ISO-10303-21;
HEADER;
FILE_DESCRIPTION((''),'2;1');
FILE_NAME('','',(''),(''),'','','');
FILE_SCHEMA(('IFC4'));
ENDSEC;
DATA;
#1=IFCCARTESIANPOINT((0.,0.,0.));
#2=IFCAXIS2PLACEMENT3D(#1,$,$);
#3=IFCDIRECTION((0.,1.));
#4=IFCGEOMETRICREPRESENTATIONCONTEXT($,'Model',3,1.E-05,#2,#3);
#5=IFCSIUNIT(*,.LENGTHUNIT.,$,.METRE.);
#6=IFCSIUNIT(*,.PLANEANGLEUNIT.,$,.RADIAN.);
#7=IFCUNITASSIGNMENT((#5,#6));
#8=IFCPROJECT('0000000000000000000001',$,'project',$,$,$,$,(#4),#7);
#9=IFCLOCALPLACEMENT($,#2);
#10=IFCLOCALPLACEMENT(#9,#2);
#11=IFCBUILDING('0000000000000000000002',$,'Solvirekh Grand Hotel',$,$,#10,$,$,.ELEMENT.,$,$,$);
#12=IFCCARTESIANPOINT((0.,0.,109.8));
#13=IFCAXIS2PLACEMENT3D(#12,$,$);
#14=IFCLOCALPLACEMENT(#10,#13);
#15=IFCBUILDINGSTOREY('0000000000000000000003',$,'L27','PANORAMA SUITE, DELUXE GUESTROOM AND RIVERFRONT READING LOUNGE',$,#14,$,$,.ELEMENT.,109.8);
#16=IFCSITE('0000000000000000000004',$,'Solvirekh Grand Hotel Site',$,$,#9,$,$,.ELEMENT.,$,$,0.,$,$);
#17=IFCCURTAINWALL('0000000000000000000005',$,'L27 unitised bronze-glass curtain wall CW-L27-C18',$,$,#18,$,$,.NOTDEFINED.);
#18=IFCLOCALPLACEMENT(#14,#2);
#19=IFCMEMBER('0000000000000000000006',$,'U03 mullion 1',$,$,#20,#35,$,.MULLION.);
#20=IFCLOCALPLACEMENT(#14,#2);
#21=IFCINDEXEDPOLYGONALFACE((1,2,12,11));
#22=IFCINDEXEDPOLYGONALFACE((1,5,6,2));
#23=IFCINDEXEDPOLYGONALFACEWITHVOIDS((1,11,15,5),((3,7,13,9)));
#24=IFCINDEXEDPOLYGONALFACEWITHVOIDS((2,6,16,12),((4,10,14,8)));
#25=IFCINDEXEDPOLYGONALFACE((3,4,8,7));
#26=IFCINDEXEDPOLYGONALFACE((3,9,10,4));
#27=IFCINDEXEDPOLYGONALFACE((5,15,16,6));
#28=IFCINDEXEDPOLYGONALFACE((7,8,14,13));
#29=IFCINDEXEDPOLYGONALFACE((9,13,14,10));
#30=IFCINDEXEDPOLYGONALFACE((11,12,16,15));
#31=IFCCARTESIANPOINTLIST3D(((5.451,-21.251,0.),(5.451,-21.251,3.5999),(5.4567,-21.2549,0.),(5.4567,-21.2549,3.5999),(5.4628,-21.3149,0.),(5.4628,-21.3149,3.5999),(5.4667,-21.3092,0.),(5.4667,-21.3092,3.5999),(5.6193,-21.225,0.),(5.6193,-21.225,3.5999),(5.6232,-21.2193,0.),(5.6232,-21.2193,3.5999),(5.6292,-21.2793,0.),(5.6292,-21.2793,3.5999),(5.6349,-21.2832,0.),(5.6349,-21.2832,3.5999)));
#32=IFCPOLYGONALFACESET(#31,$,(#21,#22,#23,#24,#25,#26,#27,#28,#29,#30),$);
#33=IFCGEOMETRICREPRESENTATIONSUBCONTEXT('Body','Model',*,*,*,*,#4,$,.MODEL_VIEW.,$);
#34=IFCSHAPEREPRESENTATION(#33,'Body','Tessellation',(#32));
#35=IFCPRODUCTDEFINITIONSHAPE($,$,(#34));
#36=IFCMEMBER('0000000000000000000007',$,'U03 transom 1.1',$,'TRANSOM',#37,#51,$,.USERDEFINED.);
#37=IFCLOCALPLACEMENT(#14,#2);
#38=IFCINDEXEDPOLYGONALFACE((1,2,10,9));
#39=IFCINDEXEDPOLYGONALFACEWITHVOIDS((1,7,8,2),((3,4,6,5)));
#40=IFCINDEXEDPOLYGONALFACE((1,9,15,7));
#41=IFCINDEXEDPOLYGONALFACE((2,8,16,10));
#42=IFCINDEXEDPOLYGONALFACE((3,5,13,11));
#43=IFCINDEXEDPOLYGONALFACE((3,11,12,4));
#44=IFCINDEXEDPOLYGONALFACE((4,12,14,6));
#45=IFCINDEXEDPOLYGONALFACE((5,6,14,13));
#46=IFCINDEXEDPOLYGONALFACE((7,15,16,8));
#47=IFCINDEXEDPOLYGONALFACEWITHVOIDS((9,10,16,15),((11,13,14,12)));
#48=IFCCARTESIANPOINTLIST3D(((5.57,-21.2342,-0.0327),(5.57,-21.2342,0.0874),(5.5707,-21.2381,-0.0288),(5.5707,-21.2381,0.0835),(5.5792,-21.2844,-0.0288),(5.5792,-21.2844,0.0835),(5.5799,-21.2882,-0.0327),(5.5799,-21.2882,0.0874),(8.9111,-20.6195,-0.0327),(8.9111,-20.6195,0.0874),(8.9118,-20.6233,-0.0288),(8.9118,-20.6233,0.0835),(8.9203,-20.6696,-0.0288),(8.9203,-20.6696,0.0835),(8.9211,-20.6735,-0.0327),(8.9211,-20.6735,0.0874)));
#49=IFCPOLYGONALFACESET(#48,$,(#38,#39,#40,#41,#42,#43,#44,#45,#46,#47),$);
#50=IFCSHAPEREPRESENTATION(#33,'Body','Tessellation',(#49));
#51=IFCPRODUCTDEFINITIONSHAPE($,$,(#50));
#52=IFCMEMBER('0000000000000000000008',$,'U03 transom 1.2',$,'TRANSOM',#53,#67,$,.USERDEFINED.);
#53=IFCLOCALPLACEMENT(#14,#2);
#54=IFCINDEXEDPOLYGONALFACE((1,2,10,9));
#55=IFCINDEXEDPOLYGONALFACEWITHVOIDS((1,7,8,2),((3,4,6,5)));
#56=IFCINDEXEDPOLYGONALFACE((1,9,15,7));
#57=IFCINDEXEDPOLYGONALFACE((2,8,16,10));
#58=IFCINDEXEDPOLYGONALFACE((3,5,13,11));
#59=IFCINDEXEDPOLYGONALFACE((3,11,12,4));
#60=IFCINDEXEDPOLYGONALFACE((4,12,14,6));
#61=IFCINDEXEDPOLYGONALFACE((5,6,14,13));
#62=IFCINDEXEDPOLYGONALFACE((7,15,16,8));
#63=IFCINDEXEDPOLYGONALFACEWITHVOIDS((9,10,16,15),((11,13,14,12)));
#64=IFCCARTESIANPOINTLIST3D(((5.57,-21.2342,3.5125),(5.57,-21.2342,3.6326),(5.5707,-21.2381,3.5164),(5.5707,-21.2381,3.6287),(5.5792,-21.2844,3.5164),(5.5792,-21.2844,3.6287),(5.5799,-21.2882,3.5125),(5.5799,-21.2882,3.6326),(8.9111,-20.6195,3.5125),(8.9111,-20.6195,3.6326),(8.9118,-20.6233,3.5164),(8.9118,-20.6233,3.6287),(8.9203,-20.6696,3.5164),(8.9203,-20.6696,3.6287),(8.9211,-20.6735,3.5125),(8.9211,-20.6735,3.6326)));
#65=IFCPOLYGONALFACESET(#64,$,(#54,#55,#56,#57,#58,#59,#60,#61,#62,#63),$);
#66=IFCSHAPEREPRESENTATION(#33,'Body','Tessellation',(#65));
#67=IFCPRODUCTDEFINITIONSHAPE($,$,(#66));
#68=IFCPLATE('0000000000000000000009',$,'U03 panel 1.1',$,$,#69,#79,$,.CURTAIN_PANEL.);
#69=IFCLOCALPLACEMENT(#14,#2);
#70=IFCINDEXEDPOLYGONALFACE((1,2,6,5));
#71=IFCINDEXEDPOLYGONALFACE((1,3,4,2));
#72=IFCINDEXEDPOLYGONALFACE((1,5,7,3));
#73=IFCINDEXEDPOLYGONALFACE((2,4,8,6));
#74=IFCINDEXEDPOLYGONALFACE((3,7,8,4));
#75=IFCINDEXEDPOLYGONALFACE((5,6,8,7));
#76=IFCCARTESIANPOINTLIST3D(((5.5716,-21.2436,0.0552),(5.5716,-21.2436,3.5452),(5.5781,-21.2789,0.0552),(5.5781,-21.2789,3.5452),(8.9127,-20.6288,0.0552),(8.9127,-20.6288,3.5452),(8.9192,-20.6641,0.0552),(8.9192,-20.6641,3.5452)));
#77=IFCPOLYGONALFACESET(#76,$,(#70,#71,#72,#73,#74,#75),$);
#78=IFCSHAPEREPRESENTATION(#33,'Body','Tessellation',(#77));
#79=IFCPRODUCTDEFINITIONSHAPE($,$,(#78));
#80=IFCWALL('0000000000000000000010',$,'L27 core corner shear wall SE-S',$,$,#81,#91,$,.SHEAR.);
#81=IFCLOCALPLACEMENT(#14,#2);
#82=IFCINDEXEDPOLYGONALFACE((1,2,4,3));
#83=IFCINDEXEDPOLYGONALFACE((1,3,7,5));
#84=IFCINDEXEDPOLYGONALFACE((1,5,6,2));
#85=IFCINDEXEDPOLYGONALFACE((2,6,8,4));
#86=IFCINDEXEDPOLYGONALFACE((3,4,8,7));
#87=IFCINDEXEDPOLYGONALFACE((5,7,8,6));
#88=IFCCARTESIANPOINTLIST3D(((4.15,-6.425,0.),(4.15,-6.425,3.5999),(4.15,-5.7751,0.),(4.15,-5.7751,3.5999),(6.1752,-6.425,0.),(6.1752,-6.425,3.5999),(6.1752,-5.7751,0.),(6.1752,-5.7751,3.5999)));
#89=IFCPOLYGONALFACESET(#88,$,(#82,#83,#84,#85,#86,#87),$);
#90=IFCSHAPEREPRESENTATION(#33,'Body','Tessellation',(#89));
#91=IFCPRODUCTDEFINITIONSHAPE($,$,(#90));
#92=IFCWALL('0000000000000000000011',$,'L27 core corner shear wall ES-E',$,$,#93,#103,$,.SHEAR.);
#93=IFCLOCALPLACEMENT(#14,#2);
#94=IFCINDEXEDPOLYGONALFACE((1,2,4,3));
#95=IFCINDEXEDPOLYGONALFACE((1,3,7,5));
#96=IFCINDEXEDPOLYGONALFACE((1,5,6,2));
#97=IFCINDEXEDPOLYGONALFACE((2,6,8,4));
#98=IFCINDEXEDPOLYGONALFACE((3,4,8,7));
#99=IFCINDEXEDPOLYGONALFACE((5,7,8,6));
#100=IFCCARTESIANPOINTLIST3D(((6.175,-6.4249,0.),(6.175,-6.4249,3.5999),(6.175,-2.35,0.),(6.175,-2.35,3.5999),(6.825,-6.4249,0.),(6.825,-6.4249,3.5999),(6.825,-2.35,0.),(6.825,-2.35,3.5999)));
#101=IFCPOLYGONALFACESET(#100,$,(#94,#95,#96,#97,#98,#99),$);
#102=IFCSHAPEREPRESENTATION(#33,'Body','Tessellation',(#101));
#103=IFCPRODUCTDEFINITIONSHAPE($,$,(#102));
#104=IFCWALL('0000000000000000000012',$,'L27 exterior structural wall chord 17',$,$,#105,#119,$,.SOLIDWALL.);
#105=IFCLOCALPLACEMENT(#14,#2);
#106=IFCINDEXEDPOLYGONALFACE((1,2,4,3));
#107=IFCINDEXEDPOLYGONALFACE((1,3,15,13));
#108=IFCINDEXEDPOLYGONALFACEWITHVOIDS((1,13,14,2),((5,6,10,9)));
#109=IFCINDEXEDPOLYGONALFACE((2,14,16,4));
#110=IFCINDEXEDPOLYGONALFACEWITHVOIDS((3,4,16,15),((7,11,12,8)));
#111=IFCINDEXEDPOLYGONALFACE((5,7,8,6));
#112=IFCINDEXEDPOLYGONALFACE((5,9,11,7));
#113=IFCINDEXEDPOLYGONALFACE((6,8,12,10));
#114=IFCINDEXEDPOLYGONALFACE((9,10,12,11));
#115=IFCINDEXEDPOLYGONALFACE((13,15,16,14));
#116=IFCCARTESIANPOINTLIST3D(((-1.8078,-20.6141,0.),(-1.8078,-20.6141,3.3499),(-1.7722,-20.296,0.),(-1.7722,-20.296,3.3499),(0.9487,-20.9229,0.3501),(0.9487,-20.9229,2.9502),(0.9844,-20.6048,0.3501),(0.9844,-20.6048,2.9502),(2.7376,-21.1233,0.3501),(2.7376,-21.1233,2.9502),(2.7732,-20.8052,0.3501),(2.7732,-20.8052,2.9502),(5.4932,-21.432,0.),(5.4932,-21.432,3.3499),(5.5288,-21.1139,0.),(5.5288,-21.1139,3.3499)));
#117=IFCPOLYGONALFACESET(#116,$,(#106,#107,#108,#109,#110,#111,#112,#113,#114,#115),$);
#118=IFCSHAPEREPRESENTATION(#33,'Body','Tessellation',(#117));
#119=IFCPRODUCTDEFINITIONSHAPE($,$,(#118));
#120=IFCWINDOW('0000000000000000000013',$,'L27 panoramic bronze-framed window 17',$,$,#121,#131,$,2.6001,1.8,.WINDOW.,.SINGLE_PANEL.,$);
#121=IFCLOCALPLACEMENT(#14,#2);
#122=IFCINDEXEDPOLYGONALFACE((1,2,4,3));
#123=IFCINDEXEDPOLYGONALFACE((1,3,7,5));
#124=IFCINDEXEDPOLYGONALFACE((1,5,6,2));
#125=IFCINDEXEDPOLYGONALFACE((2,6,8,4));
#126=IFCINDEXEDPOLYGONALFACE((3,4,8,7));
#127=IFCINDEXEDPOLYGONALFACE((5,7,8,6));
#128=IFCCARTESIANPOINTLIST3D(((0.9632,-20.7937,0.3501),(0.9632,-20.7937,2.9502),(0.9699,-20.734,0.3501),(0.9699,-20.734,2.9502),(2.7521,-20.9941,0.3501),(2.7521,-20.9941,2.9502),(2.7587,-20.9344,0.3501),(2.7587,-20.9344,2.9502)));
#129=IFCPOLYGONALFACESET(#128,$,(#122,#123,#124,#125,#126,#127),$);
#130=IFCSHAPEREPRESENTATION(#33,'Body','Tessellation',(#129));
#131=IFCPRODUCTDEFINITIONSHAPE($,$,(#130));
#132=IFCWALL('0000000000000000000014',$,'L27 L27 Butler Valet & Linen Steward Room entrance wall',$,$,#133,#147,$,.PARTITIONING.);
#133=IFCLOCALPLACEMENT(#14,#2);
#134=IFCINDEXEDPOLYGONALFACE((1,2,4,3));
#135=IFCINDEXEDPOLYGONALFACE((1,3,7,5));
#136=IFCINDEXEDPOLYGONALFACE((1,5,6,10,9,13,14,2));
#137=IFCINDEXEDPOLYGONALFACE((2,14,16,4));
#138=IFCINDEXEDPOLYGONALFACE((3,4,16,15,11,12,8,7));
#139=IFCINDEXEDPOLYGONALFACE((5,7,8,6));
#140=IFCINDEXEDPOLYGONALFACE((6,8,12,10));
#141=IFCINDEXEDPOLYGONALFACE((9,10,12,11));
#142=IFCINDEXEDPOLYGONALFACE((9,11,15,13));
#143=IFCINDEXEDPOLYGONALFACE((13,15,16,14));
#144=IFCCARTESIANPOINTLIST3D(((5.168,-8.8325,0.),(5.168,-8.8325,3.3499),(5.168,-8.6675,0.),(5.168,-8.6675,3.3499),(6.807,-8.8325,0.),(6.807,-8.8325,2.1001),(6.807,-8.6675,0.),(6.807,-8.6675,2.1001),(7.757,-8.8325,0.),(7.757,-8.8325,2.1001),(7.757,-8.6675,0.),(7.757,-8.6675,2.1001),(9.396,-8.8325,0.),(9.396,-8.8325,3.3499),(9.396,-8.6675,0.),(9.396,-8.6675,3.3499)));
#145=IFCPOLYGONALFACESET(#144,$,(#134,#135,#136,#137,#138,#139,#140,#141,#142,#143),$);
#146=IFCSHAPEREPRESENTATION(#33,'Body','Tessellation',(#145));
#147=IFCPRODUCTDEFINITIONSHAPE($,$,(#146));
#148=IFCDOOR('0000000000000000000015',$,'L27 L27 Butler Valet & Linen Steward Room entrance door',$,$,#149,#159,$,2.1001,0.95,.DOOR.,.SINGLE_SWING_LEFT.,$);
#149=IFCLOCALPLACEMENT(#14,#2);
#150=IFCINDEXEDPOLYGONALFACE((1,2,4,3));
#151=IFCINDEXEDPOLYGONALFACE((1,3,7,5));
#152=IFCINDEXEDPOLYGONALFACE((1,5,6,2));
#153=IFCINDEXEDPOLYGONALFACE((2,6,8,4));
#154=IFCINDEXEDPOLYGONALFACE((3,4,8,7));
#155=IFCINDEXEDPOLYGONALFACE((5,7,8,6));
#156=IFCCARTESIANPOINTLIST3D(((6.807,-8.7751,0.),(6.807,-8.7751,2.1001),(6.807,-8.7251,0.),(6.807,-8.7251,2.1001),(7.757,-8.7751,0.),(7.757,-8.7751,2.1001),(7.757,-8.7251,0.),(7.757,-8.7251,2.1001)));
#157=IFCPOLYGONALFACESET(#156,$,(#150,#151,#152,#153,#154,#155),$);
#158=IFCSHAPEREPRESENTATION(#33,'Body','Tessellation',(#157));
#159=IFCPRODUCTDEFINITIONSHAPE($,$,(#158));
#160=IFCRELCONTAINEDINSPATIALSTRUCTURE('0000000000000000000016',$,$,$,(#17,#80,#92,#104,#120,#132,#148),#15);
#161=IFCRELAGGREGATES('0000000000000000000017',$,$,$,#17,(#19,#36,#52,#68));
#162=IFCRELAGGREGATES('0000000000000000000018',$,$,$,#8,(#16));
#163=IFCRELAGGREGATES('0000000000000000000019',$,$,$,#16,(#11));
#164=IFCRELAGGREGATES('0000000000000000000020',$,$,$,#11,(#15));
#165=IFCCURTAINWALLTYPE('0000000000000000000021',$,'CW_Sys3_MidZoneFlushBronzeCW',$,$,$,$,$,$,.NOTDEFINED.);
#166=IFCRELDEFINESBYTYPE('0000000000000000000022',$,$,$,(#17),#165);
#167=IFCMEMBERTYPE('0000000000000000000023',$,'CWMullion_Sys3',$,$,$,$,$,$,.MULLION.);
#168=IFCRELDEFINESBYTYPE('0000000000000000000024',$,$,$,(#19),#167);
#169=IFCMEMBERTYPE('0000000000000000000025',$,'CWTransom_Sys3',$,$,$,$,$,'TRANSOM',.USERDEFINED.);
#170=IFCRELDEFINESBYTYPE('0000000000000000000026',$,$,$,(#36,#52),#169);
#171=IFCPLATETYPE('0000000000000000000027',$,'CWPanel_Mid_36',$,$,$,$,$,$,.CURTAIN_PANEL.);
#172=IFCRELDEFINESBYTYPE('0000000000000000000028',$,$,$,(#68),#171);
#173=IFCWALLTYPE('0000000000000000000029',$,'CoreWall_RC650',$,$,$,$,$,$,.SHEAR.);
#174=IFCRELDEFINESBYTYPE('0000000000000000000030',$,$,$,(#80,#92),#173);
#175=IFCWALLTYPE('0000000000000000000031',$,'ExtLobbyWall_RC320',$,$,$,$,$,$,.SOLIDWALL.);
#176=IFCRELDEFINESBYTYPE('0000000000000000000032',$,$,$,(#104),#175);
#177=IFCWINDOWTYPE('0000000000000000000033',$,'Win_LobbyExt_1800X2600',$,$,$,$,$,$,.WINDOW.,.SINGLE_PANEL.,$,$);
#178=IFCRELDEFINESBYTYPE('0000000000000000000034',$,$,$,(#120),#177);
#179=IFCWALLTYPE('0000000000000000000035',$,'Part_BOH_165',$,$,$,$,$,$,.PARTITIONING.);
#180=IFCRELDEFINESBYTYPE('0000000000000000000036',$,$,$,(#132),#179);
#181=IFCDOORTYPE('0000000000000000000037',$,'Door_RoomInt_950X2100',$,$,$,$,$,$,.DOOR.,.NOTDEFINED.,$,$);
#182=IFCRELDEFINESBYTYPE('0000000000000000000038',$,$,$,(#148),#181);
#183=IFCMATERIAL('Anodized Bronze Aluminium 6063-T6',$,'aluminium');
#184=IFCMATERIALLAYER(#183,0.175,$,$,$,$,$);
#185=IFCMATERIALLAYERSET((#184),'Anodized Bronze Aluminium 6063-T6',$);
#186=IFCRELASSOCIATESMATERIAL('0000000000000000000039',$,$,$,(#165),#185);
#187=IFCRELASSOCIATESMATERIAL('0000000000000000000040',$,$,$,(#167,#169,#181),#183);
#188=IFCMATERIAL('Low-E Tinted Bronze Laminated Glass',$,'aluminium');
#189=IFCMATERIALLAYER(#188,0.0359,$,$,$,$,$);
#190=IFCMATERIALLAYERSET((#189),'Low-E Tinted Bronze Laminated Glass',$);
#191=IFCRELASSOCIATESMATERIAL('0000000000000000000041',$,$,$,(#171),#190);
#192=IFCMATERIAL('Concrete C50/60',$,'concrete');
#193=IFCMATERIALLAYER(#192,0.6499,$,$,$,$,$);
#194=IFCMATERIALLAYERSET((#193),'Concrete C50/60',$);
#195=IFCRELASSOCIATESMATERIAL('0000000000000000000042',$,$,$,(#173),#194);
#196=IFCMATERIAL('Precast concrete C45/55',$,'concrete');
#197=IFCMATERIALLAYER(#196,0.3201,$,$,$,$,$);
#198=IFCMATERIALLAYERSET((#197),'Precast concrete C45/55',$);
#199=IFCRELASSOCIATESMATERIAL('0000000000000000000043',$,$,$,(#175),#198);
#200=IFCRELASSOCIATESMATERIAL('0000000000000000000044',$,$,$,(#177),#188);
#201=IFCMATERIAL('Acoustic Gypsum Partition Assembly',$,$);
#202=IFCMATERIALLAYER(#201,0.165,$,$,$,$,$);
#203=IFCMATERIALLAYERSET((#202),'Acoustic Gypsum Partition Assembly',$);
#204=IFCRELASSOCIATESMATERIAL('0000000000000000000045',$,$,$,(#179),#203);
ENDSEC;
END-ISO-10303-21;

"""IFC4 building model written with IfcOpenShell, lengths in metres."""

from ifc_helpers import new_model, si_unit, direction, frame, frame_2d, origin, origin_2d, place, context, subcontext, project, spatial, rectangle, hollow_rectangle, extrude, source, transform, mapped, material, layer, layer_set, material_profile, profile_set, type_object, element, fill, aggregate, save


model = new_model("IFC4")

# Units and contexts
model_context = context("Model", 3, precision=1e-05, world=origin(), true_north=direction((0.0, 1.0)))
body_context = subcontext(model_context, "Body", "Model", "MODEL_VIEW")
ifc_project = project(units=[si_unit("LENGTHUNIT", "METRE"), si_unit("PLANEANGLEUNIT", "RADIAN")], contexts=[model_context])

# Site, building, storey
site_placement = place(None, origin())
site = spatial("IfcSite", under=ifc_project, at=site_placement, Name="Solvirekh Grand Hotel Site", CompositionType="ELEMENT", RefElevation=0.0)
building_placement = place(site_placement, origin())
building = spatial("IfcBuilding", under=site, at=building_placement, Name="Solvirekh Grand Hotel", CompositionType="ELEMENT")
storey_placement = place(building_placement, frame((0.0, 0.0, 109.8)))
storey = spatial("IfcBuildingStorey", under=building, at=storey_placement, Name="L27", Description="PANORAMA SUITE, DELUXE GUESTROOM AND RIVERFRONT READING LOUNGE", CompositionType="ELEMENT", Elevation=109.8)

# Shared definitions
ifc_material_1 = material(Name="Concrete C50/60", Category="concrete")

# Curtain wall, members, plate
ifc_material_2 = material(Name="Anodized Bronze Aluminium 6063-T6", Category="aluminium")
ifc_layer_1 = layer(ifc_material_2, 0.175)
ifc_layer_set_1 = layer_set([ifc_layer_1], Name="Anodized Bronze Aluminium 6063-T6")
curtain_wall_type = type_object("IfcCurtainWallType", Name="CW_Sys3_MidZoneFlushBronzeCW", PredefinedType="NOTDEFINED", material=ifc_layer_set_1)
curtain_wall_placement = place(storey_placement, origin())
curtain_wall = element("IfcCurtainWall", 1, at=curtain_wall_placement, inside=storey, type_object=curtain_wall_type, Name="L27 unitised bronze-glass curtain wall CW-L27-C18", PredefinedType="NOTDEFINED")
ifc_material_profile_1 = material_profile(ifc_material_2, hollow_rectangle(XDim=0.0649, YDim=0.175, WallThickness=0.0049, at=origin_2d()), Name="ALU RHS 175X65X5")
ifc_profile_set_1 = profile_set([ifc_material_profile_1], Name="Anodized Bronze Aluminium 6063-T6")
member_type_1 = type_object("IfcMemberType", Name="CWMullion_Sys3", PredefinedType="MULLION", material=ifc_profile_set_1)
shared_shape_1 = source(origin(), body_context, "Body", "SweptSolid", [
    extrude(hollow_rectangle(XDim=0.0649, YDim=0.175, WallThickness=0.0049, at=origin_2d()), origin(), (0.0, 0.0, 1.0), 3.5999),
])
member_1_placement = place(storey_placement, frame((5.543, -21.2671, 0.0), z_axis=(0.0, 0.0, 1.0), x_axis=(-0.180988, 0.983485, 0.0)))
member_1 = element("IfcMember", 2, at=member_1_placement, type_object=member_type_1, Name="U03 mullion 1", PredefinedType="MULLION", context=body_context, shape_type="MappedRepresentation", body=[
    mapped(shared_shape_1, transform((0.0, 0.0, 0.0), x_axis=(1.0, 0.0, 0.0), y_axis=(0.0, 1.0, 0.0), z_axis=(0.0, 0.0, 1.0), scale=1.0)),
])
ifc_material_profile_2 = material_profile(ifc_material_2, hollow_rectangle(XDim=0.0549, YDim=0.1201, WallThickness=0.0039, at=origin_2d()), Name="ALU RHS 120X55X4")
ifc_profile_set_2 = profile_set([ifc_material_profile_2], Name="Anodized Bronze Aluminium 6063-T6")
member_type_2 = type_object("IfcMemberType", Name="CWTransom_Sys3", ElementType="TRANSOM", PredefinedType="USERDEFINED", material=ifc_profile_set_2)
shared_shape_2 = source(origin(), body_context, "Body", "SweptSolid", [
    extrude(hollow_rectangle(XDim=0.0549, YDim=0.1201, WallThickness=0.0039, at=origin_2d()), origin(), (0.0, 0.0, 1.0), 3.3972),
])
member_2_placement = place(storey_placement, frame((5.575, -21.2612, 0.0273), z_axis=(0.983491, 0.180959, 0.0), x_axis=(-0.180959, 0.983491, 0.0)))
member_2 = element("IfcMember", 3, at=member_2_placement, type_object=member_type_2, Name="U03 transom 1.1", ObjectType="TRANSOM", PredefinedType="USERDEFINED", context=body_context, shape_type="MappedRepresentation", body=[
    mapped(shared_shape_2, transform((0.0, 0.0, 0.0), x_axis=(1.0, 0.0, 0.0), y_axis=(0.0, 1.0, 0.0), z_axis=(0.0, 0.0, 1.0), scale=1.0)),
])
member_3_placement = place(storey_placement, frame((5.575, -21.2612, 3.5725), z_axis=(0.983491, 0.180959, 0.0), x_axis=(-0.180959, 0.983491, 0.0)))
member_3 = element("IfcMember", 4, at=member_3_placement, type_object=member_type_2, Name="U03 transom 1.2", ObjectType="TRANSOM", PredefinedType="USERDEFINED", context=body_context, shape_type="MappedRepresentation", body=[
    mapped(shared_shape_2, transform((0.0, 0.0, 0.0), x_axis=(1.0, 0.0, 0.0), y_axis=(0.0, 1.0, 0.0), z_axis=(0.0, 0.0, 1.0), scale=1.0)),
])
ifc_material_3 = material(Name="Low-E Tinted Bronze Laminated Glass", Category="aluminium")
ifc_layer_2 = layer(ifc_material_3, 0.0359)
ifc_layer_set_2 = layer_set([ifc_layer_2], Name="Low-E Tinted Bronze Laminated Glass")
plate_type = type_object("IfcPlateType", Name="CWPanel_Mid_36", PredefinedType="CURTAIN_PANEL", material=ifc_layer_set_2)
shared_shape_3 = source(origin(), body_context, "Body", "SweptSolid", [
    extrude(rectangle(XDim=3.3972, YDim=0.0359, at=origin_2d()), origin(), (0.0, 0.0, 1.0), 3.49),
])
plate_placement = place(storey_placement, frame((7.2454, -20.9539, 0.0552), z_axis=(0.0, 0.0, 1.0), x_axis=(0.983485, 0.180988, 0.0)))
plate = element("IfcPlate", 5, at=plate_placement, type_object=plate_type, Name="U03 panel 1.1", PredefinedType="CURTAIN_PANEL", context=body_context, shape_type="MappedRepresentation", body=[
    mapped(shared_shape_3, transform((0.0, 0.0, 0.0), x_axis=(1.0, 0.0, 0.0), y_axis=(0.0, 1.0, 0.0), z_axis=(0.0, 0.0, 1.0), scale=1.0)),
])
aggregate(curtain_wall, [member_1, member_2, member_3, plate])

# Walls
ifc_layer_3 = layer(ifc_material_1, 0.6499)
ifc_layer_set_3 = layer_set([ifc_layer_3], Name="Concrete C50/60")
wall_type_1 = type_object("IfcWallType", Name="CoreWall_RC650", PredefinedType="SHEAR", material=ifc_layer_set_3)
wall_1_placement = place(storey_placement, frame((4.1499, -6.1001, 0.0), z_axis=(0.0, 0.0, 1.0), x_axis=(1.0, 0.0, 0.0)))
element("IfcWall", 6, at=wall_1_placement, inside=storey, type_object=wall_type_1, Name="L27 core corner shear wall SE-S", PredefinedType="SHEAR", context=body_context, shape_type="SweptSolid", body=[
    extrude(rectangle(XDim=2.0251, YDim=0.6499, at=frame_2d((1.0127, 0.0))), origin(), (0.0, 0.0, 1.0), 3.5999),
])
wall_2_placement = place(storey_placement, frame((6.5, -6.425, 0.0), z_axis=(0.0, 0.0, 1.0), x_axis=(0.0, 1.0, 0.0)))
element("IfcWall", 7, at=wall_2_placement, inside=storey, type_object=wall_type_1, Name="L27 core corner shear wall ES-E", PredefinedType="SHEAR", context=body_context, shape_type="SweptSolid", body=[
    extrude(rectangle(XDim=4.075, YDim=0.6499, at=frame_2d((2.0376, 0.0))), origin(), (0.0, 0.0, 1.0), 3.5999),
])

# Wall, opening, window
ifc_material_4 = material(Name="Precast concrete C45/55", Category="concrete")
ifc_layer_4 = layer(ifc_material_4, 0.3201)
ifc_layer_set_4 = layer_set([ifc_layer_4], Name="Precast concrete C45/55")
wall_type_2 = type_object("IfcWallType", Name="ExtLobbyWall_RC320", PredefinedType="SOLIDWALL", material=ifc_layer_set_4)
wall_3_placement = place(storey_placement, frame((5.511, -21.2729, 0.0), z_axis=(0.0, 0.0, 1.0), x_axis=(-0.993784, 0.111325, 0.0)))
wall_3 = element("IfcWall", 8, at=wall_3_placement, inside=storey, type_object=wall_type_2, Name="L27 exterior structural wall chord 17", PredefinedType="SOLIDWALL", context=body_context, shape_type="SweptSolid", body=[
    extrude(rectangle(XDim=7.3467, YDim=0.3201, at=frame_2d((3.6733, 0.0))), origin(), (0.0, 0.0, 1.0), 3.3499),
])
opening_1_placement = place(wall_3_placement, frame((2.7729, 0.0, 0.3501)))
opening_1 = element("IfcOpeningElement", 9, at=opening_1_placement, cuts=wall_3, PredefinedType="OPENING", context=body_context, shape_type="SweptSolid", body=[
    extrude(rectangle(XDim=1.8, YDim=2.6001, at=frame_2d((0.8999, 1.3))), frame((0.0, 0.1699, 0.0), z_axis=(0.0, -1.0, 0.0), x_axis=(1.0, 0.0, 0.0)), (0.0, 0.0, 1.0), 0.3401),
])
window_type = type_object("IfcWindowType", Name="Win_LobbyExt_1800X2600", PartitioningType="SINGLE_PANEL", PredefinedType="WINDOW", material=ifc_material_3)
window_placement = place(opening_1_placement, origin())
window = element("IfcWindow", 10, at=window_placement, inside=storey, type_object=window_type, Name="L27 panoramic bronze-framed window 17", OverallHeight=2.6001, OverallWidth=1.8, PartitioningType="SINGLE_PANEL", PredefinedType="WINDOW", context=body_context, shape_type="SweptSolid", body=[
    extrude(rectangle(XDim=1.8, YDim=2.6001, at=frame_2d((0.8999, 1.3))), frame((0.0, 0.03, 0.0), z_axis=(0.0, -1.0, 0.0), x_axis=(1.0, 0.0, 0.0)), (0.0, 0.0, 1.0), 0.0601),
])
fill(opening_1, window)

# Wall, opening, door
ifc_material_5 = material(Name="Acoustic Gypsum Partition Assembly")
ifc_layer_5 = layer(ifc_material_5, 0.165)
ifc_layer_set_5 = layer_set([ifc_layer_5], Name="Acoustic Gypsum Partition Assembly")
wall_type_3 = type_object("IfcWallType", Name="Part_BOH_165", PredefinedType="PARTITIONING", material=ifc_layer_set_5)
wall_4_placement = place(storey_placement, frame((5.168, -8.75, 0.0), z_axis=(0.0, 0.0, 1.0), x_axis=(1.0, 0.0, 0.0)))
wall_4 = element("IfcWall", 11, at=wall_4_placement, inside=storey, type_object=wall_type_3, Name="L27 L27 Butler Valet & Linen Steward Room entrance wall", PredefinedType="PARTITIONING", context=body_context, shape_type="SweptSolid", body=[
    extrude(rectangle(XDim=4.228, YDim=0.165, at=frame_2d((2.114, 0.0))), origin(), (0.0, 0.0, 1.0), 3.3499),
])
opening_2_placement = place(wall_4_placement, frame((1.6389, 0.0, 0.0)))
opening_2 = element("IfcOpeningElement", 12, at=opening_2_placement, cuts=wall_4, PredefinedType="OPENING", context=body_context, shape_type="SweptSolid", body=[
    extrude(rectangle(XDim=0.95, YDim=2.1001, at=frame_2d((0.4751, 1.05))), frame((0.0, 0.0925, 0.0), z_axis=(0.0, -1.0, 0.0), x_axis=(1.0, 0.0, 0.0)), (0.0, 0.0, 1.0), 0.1851),
])
door_type = type_object("IfcDoorType", Name="Door_RoomInt_950X2100", OperationType="NOTDEFINED", PredefinedType="DOOR", material=ifc_material_2)
door_1_placement = place(opening_2_placement, origin())
door_1 = element("IfcDoor", 13, at=door_1_placement, inside=storey, type_object=door_type, Name="L27 L27 Butler Valet & Linen Steward Room entrance door", OperationType="SINGLE_SWING_LEFT", OverallHeight=2.1001, OverallWidth=0.95, PredefinedType="DOOR", context=body_context, shape_type="SweptSolid", body=[
    extrude(rectangle(XDim=0.95, YDim=2.1001, at=frame_2d((0.4751, 1.05))), frame((0.0, 0.0249, 0.0), z_axis=(0.0, -1.0, 0.0), x_axis=(1.0, 0.0, 0.0)), (0.0, 0.0, 1.0), 0.05),
])
fill(opening_2, door_1)

save(model, "model.ifc")
